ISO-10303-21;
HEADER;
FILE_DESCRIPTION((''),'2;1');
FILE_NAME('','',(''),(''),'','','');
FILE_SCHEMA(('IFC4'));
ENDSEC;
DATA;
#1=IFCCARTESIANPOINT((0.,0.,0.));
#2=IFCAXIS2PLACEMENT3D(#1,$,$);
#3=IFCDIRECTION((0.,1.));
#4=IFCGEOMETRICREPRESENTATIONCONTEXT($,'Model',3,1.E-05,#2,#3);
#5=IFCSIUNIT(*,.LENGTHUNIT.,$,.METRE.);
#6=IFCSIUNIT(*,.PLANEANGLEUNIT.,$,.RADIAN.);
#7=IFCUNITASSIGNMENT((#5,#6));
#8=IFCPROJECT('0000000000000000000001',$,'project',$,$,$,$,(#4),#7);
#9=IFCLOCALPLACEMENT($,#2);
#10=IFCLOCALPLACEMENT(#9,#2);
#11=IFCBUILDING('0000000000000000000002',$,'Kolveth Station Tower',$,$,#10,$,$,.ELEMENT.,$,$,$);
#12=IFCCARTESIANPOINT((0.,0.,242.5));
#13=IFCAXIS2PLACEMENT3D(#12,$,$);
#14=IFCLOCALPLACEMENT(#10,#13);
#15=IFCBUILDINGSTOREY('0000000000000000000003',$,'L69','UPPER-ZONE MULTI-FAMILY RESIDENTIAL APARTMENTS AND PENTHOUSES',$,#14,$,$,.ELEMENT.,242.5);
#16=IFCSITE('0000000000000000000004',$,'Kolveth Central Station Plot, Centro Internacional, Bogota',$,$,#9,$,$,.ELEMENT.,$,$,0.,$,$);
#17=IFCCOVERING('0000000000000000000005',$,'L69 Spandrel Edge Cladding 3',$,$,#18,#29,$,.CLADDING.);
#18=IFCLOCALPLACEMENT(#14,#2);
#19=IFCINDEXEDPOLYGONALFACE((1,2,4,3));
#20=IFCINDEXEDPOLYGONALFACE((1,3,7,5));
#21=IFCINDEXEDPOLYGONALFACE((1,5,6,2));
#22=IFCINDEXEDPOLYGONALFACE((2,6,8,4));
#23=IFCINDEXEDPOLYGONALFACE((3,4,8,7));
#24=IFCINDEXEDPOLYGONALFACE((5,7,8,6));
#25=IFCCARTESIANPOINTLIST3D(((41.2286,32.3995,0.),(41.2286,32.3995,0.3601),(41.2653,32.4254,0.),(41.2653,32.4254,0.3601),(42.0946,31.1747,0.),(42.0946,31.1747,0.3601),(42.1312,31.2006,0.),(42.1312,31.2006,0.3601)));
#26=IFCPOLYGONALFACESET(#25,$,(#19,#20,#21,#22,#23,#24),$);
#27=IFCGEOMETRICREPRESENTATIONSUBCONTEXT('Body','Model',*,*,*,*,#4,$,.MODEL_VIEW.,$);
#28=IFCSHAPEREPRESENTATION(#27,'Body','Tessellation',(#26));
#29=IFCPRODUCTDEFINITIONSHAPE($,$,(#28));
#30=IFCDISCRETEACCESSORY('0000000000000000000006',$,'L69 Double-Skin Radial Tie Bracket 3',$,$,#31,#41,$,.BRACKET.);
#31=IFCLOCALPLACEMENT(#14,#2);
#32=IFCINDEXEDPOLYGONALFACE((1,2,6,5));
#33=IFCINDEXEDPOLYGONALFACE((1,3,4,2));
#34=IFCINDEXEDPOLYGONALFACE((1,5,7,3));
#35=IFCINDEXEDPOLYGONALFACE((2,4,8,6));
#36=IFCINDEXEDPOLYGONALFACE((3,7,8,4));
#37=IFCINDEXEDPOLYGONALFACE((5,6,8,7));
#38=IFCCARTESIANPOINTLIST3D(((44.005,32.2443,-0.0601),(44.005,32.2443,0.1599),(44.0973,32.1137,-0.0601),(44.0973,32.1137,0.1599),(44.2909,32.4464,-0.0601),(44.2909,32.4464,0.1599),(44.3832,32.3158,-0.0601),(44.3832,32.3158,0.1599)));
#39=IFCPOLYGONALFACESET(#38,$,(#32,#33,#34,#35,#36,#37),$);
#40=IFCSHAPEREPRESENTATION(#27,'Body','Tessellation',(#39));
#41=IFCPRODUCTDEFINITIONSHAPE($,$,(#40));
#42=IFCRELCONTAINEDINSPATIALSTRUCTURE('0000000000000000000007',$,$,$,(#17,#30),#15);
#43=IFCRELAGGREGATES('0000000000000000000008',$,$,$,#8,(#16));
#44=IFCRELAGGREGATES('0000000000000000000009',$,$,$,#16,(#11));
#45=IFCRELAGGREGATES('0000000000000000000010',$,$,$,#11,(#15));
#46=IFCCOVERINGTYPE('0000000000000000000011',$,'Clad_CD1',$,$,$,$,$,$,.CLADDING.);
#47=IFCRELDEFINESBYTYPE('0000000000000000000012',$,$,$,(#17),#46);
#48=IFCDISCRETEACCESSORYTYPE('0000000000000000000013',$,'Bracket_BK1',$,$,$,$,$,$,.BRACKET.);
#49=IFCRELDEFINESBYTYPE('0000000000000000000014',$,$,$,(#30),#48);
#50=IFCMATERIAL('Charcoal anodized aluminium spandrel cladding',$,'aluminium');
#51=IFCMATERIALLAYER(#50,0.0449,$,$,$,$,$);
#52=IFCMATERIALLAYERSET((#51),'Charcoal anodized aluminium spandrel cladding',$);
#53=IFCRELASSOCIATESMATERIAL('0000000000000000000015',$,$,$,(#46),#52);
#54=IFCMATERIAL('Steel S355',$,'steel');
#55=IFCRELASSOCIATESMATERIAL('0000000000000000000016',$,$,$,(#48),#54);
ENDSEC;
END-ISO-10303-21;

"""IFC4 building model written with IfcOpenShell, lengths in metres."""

from ifc_helpers import new_model, si_unit, direction, frame, origin, origin_2d, place, context, subcontext, project, spatial, rectangle, extrude, source, transform, mapped, material, layer, layer_set, type_object, element, save


model = new_model("IFC4")

# Units and contexts
model_context = context("Model", 3, precision=1e-05, world=origin(), true_north=direction((0.0, 1.0)))
body_context = subcontext(model_context, "Body", "Model", "MODEL_VIEW")
ifc_project = project(units=[si_unit("LENGTHUNIT", "METRE"), si_unit("PLANEANGLEUNIT", "RADIAN")], contexts=[model_context])

# Site, building, storey
site_placement = place(None, origin())
site = spatial("IfcSite", under=ifc_project, at=site_placement, Name="Kolveth Central Station Plot, Centro Internacional, Bogota", CompositionType="ELEMENT", RefElevation=0.0)
building_placement = place(site_placement, origin())
building = spatial("IfcBuilding", under=site, at=building_placement, Name="Kolveth Station Tower", CompositionType="ELEMENT")
storey_placement = place(building_placement, frame((0.0, 0.0, 242.5)))
storey = spatial("IfcBuildingStorey", under=building, at=storey_placement, Name="L69", Description="UPPER-ZONE MULTI-FAMILY RESIDENTIAL APARTMENTS AND PENTHOUSES", CompositionType="ELEMENT", Elevation=242.5)

# Shared definitions
ifc_material_1 = material(Name="Steel S355", Category="steel")

# Covering
ifc_material_2 = material(Name="Charcoal anodized aluminium spandrel cladding", Category="aluminium")
ifc_layer_1 = layer(ifc_material_2, 0.0449)
ifc_layer_set_1 = layer_set([ifc_layer_1], Name="Charcoal anodized aluminium spandrel cladding")
covering_type = type_object("IfcCoveringType", Name="Clad_CD1", PredefinedType="CLADDING", material=ifc_layer_set_1)
shared_shape_1 = source(origin(), body_context, "Body", "SweptSolid", [
    extrude(rectangle(XDim=1.5, YDim=0.0449, at=origin_2d()), origin(), (0.0, 0.0, 1.0), 0.3601),
])
covering_placement = place(storey_placement, frame((41.6799, 31.8, 0.0), z_axis=(0.0, 0.0, 1.0), x_axis=(-0.577288, 0.816541, 0.0)))
element("IfcCovering", 1, at=covering_placement, inside=storey, type_object=covering_type, Name="L69 Spandrel Edge Cladding 3", PredefinedType="CLADDING", context=body_context, shape_type="MappedRepresentation", body=[
    mapped(shared_shape_1, transform((0.0, 0.0, 0.0), x_axis=(1.0, 0.0, 0.0), y_axis=(0.0, 1.0, 0.0), z_axis=(0.0, 0.0, 1.0), scale=1.0)),
])

# Discrete accessory
discrete_accessory_type = type_object("IfcDiscreteAccessoryType", Name="Bracket_BK1", PredefinedType="BRACKET", material=ifc_material_1)
shared_shape_2 = source(origin(), body_context, "Body", "SweptSolid", [
    extrude(rectangle(XDim=0.3501, YDim=0.1599, at=origin_2d()), origin(), (0.0, 0.0, 1.0), 0.22),
])
discrete_accessory_placement = place(storey_placement, frame((44.1941, 32.28, -0.0601), z_axis=(0.0, 0.0, 1.0), x_axis=(0.816541, 0.577288, 0.0)))
element("IfcDiscreteAccessory", 2, at=discrete_accessory_placement, inside=storey, type_object=discrete_accessory_type, Name="L69 Double-Skin Radial Tie Bracket 3", PredefinedType="BRACKET", context=body_context, shape_type="MappedRepresentation", body=[
    mapped(shared_shape_2, transform((0.0, 0.0, 0.0), x_axis=(1.0, 0.0, 0.0), y_axis=(0.0, 1.0, 0.0), z_axis=(0.0, 0.0, 1.0), scale=1.0)),
])

save(model, "model.ifc")
